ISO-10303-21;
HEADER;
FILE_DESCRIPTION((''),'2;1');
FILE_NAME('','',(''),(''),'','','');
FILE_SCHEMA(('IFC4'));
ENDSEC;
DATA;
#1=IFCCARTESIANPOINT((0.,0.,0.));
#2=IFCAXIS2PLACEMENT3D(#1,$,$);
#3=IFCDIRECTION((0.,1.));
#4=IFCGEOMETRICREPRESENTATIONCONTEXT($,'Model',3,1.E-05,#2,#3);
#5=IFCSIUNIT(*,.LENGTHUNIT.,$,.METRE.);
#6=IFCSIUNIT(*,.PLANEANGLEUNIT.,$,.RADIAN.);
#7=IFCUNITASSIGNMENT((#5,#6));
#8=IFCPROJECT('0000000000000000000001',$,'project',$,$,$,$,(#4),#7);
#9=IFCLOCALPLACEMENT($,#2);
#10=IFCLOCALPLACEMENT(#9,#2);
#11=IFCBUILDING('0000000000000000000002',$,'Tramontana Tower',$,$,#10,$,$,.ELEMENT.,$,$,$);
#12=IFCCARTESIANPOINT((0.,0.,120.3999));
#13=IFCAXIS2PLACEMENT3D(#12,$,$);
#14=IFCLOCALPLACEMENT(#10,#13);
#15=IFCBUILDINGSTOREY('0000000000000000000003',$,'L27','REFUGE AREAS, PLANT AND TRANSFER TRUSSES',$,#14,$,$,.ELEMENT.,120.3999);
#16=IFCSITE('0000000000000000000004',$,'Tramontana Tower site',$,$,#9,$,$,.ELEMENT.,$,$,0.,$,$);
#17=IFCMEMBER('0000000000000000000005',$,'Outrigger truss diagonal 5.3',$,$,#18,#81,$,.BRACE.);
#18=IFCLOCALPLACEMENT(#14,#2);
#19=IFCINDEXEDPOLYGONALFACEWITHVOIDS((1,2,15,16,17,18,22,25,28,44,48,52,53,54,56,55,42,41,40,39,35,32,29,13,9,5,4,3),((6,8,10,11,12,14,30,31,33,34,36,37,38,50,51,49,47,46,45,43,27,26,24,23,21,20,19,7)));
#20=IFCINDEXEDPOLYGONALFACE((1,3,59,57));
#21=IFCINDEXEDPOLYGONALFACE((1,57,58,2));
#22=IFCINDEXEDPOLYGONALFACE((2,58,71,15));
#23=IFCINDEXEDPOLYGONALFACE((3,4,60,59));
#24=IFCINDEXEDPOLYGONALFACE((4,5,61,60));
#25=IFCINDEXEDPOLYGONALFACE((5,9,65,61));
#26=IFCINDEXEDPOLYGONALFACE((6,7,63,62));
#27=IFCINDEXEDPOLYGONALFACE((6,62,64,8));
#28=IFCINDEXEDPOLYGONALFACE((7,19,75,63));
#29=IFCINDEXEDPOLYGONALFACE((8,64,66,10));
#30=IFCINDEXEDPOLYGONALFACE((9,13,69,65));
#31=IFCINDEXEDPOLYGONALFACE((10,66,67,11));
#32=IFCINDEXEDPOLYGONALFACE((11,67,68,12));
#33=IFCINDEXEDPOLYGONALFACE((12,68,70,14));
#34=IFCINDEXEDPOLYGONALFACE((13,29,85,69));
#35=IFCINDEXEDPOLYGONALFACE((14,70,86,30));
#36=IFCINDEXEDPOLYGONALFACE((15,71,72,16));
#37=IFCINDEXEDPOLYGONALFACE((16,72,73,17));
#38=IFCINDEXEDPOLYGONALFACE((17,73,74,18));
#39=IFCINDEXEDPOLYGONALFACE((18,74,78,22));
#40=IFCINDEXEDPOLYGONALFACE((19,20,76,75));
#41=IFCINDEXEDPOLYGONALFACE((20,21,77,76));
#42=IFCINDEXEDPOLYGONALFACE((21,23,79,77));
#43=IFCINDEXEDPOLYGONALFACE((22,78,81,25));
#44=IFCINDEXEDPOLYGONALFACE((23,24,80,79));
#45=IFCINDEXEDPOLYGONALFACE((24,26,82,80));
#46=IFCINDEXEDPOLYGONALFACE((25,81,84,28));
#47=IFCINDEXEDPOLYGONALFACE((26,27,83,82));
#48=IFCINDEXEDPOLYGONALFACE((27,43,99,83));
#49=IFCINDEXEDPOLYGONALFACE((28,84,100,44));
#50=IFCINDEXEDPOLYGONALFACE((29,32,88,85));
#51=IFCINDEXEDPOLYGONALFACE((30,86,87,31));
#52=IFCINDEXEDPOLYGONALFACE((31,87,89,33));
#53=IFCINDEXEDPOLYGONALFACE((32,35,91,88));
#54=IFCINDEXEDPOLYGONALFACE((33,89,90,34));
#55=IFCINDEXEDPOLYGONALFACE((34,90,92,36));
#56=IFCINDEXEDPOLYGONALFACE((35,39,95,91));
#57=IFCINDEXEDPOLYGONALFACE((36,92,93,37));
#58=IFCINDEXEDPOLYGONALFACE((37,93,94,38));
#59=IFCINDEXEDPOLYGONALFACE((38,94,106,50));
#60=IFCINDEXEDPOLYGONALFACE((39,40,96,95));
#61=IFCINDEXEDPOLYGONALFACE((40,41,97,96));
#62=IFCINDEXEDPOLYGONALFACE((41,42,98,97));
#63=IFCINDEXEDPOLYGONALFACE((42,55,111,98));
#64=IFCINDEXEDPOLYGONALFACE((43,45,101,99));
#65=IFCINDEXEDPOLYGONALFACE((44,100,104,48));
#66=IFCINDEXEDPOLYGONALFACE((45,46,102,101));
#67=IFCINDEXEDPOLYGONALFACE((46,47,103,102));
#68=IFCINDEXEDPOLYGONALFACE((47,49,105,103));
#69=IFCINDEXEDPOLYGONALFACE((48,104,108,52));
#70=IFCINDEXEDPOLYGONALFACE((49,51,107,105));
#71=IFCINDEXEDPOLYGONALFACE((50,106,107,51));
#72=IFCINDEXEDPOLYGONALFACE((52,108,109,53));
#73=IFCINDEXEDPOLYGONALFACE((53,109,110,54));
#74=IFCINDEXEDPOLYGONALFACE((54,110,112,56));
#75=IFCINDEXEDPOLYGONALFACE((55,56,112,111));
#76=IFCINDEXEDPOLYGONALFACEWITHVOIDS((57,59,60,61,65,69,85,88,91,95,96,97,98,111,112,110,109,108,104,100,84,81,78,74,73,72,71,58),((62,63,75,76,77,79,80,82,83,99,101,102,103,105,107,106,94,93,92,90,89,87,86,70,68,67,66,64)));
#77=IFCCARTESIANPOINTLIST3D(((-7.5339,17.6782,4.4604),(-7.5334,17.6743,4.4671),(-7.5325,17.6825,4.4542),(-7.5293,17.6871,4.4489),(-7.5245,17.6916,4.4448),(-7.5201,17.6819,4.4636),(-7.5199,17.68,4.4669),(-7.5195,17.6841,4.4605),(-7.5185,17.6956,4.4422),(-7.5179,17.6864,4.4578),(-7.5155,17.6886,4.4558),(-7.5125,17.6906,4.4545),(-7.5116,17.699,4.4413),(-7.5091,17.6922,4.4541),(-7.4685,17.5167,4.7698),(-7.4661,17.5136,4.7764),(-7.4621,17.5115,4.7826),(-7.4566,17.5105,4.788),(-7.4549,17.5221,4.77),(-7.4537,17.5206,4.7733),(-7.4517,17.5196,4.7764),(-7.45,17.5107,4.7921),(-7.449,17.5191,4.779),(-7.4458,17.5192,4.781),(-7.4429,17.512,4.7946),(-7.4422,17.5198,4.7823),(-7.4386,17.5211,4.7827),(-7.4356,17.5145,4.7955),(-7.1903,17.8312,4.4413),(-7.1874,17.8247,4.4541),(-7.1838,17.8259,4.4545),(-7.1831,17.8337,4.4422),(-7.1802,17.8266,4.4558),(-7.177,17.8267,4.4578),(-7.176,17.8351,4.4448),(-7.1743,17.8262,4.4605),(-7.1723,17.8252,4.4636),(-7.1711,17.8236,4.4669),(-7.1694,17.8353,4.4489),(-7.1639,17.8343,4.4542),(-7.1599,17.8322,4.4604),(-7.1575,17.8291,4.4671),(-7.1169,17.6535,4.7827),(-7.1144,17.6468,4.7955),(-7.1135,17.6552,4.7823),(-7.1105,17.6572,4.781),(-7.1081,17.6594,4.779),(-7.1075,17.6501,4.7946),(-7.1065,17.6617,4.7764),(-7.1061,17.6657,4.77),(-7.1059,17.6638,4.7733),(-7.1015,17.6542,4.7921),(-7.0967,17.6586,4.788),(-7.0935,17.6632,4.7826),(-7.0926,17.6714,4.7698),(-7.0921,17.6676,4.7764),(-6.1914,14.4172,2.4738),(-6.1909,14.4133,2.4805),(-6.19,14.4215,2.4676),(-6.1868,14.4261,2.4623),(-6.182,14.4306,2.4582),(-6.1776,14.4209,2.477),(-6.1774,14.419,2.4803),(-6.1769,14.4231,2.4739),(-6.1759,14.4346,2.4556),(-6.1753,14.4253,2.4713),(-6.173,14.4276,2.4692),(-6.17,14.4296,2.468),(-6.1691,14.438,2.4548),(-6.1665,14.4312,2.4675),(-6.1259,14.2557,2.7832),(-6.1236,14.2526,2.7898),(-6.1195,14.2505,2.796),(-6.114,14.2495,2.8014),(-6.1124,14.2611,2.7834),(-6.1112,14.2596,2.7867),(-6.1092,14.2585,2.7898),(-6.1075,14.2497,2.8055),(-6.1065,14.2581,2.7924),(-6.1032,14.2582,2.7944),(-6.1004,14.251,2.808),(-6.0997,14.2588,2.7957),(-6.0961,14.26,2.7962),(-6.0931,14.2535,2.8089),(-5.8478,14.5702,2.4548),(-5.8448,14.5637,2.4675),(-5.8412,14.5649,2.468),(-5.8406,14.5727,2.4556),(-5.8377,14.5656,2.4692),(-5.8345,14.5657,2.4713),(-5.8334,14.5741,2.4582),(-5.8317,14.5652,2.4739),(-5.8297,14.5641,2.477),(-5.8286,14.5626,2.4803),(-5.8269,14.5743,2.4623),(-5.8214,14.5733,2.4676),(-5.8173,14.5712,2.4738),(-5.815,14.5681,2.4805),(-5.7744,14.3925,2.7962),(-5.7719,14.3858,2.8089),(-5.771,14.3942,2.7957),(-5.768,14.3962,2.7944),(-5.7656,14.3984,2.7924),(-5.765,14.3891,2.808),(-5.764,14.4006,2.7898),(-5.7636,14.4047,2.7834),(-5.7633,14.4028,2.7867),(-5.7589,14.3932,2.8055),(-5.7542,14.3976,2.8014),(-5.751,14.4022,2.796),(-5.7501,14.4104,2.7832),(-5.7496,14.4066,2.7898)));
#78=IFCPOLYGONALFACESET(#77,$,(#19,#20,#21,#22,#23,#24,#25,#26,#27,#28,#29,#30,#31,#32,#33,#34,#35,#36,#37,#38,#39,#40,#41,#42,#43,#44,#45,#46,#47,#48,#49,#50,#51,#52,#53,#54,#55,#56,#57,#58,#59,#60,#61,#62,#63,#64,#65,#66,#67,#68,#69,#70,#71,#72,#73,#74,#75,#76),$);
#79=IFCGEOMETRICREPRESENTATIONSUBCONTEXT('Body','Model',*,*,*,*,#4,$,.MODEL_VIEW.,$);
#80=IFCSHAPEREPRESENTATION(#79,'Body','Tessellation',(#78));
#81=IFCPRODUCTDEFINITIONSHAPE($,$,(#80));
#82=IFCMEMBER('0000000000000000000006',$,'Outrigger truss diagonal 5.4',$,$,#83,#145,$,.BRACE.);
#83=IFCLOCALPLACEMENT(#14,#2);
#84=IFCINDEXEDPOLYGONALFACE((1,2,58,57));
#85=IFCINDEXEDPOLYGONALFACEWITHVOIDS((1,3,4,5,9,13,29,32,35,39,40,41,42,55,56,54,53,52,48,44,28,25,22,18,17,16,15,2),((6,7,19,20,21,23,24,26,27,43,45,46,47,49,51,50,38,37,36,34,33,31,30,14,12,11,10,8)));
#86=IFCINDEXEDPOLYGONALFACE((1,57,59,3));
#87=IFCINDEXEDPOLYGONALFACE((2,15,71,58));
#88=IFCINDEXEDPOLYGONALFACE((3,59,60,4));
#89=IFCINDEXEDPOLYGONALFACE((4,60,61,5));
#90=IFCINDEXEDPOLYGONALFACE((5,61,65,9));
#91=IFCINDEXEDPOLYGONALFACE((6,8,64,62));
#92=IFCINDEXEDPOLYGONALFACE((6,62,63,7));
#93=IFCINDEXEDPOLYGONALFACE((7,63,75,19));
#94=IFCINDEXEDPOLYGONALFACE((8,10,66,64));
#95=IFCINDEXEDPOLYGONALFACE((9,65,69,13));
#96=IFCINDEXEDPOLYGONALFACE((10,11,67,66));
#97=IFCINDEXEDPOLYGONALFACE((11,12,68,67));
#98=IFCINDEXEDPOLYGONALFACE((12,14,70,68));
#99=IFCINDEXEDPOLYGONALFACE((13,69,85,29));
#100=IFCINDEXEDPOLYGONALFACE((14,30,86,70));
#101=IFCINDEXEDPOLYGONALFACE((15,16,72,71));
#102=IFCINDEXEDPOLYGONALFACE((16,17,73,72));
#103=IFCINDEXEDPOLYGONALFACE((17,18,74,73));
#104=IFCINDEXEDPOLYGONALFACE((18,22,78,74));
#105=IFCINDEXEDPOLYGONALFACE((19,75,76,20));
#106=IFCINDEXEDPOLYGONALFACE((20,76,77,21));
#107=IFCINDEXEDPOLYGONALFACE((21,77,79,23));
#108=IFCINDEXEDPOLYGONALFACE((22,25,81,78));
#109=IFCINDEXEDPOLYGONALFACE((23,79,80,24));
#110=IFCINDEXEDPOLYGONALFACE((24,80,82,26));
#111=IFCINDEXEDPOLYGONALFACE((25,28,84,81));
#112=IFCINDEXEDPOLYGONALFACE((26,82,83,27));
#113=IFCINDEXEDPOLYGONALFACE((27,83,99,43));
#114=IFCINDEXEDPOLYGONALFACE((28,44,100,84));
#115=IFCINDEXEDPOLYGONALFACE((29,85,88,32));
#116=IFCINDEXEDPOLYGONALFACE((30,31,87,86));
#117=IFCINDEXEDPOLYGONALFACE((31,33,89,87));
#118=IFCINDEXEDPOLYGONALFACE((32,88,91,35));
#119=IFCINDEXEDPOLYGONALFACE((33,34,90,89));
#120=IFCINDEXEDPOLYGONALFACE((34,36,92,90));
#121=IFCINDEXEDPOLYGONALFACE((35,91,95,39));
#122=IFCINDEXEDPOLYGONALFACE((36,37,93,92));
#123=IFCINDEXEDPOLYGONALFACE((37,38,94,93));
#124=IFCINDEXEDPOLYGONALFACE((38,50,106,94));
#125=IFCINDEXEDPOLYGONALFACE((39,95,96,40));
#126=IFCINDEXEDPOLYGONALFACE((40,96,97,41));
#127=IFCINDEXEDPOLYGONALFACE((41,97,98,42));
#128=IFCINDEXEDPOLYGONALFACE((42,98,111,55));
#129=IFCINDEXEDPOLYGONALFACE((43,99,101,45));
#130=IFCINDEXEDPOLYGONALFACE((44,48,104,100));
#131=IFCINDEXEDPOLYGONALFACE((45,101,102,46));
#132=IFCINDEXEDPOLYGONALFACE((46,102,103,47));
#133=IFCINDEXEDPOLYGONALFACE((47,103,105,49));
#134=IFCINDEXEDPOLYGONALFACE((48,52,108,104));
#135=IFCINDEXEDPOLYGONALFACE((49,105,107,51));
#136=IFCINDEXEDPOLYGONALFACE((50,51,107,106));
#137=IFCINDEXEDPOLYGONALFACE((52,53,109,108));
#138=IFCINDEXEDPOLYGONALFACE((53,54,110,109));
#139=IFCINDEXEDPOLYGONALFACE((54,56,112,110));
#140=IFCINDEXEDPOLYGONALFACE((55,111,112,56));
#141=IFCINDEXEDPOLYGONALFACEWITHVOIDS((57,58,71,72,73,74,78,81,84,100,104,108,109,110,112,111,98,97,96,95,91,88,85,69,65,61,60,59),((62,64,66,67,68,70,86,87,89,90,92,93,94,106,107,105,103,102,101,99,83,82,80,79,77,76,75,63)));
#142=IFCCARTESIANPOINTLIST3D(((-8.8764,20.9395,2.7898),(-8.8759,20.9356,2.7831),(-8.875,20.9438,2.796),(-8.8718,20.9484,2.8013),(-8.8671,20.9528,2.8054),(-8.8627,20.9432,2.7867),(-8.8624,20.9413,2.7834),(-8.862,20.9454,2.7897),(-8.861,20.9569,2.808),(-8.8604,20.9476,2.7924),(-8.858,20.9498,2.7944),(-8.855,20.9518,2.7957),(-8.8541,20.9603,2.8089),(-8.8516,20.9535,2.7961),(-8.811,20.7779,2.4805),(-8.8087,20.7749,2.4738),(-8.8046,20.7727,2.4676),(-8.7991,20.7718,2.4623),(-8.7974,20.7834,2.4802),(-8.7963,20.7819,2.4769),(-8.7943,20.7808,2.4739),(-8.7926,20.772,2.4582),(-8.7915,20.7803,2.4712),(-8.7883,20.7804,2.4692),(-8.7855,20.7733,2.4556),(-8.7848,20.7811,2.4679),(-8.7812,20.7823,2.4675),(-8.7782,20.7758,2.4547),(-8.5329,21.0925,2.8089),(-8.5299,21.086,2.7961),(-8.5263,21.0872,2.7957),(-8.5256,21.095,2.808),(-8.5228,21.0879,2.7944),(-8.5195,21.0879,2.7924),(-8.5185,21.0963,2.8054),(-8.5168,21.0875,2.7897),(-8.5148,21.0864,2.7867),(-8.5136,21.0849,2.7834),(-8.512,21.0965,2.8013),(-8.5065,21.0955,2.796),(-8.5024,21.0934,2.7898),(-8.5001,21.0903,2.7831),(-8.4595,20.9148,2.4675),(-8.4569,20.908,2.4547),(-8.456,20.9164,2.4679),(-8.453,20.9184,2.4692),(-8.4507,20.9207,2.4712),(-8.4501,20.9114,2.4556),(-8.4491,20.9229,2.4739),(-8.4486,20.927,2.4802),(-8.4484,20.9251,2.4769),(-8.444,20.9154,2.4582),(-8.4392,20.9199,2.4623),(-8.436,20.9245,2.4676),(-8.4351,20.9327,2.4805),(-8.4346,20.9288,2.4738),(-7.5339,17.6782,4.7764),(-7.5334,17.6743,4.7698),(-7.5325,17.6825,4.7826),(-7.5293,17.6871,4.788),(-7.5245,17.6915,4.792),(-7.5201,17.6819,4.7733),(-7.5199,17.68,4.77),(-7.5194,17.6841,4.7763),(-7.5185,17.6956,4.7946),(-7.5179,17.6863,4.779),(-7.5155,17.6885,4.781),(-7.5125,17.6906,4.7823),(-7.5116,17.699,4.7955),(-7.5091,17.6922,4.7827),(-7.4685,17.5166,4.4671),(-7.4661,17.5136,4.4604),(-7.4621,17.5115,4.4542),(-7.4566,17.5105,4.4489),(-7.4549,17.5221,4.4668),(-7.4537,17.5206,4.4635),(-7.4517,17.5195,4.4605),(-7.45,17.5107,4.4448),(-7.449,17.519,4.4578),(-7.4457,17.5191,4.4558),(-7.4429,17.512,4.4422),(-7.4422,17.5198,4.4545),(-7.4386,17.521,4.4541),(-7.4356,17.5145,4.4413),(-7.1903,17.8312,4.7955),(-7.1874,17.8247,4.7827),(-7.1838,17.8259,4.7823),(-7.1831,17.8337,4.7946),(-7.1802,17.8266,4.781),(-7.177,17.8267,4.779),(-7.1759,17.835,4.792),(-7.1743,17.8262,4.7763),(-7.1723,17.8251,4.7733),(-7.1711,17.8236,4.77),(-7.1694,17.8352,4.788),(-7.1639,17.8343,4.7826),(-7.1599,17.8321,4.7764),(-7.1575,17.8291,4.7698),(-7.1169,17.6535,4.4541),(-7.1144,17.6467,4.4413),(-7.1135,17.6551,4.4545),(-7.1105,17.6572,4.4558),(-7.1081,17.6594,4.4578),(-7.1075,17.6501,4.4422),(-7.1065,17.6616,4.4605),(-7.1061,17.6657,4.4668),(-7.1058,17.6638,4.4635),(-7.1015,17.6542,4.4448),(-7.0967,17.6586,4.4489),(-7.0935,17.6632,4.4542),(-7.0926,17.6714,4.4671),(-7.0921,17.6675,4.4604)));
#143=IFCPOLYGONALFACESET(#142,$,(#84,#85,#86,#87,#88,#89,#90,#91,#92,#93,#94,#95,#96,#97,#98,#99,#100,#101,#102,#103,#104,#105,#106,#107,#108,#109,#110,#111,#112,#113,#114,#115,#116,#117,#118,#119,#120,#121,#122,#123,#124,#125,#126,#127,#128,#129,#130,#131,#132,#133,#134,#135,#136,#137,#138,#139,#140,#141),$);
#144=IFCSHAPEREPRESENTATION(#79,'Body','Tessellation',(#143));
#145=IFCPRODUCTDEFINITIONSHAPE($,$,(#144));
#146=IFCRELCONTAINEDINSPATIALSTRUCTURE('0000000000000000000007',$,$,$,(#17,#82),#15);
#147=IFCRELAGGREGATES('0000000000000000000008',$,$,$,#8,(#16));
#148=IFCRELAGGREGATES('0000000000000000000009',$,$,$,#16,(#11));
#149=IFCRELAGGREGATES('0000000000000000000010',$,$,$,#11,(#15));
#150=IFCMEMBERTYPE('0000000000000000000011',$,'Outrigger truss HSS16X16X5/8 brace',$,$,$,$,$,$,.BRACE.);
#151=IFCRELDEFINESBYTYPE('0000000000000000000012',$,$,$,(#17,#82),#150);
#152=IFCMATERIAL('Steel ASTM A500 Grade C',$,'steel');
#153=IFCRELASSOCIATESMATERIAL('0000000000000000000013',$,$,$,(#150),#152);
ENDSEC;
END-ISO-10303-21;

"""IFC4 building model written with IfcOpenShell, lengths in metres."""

from ifc_helpers import new_model, si_unit, direction, frame, origin, origin_2d, place, context, subcontext, project, spatial, hollow_rectangle, extrude, material, material_profile, profile_set, type_object, element, save


model = new_model("IFC4")

# Units and contexts
model_context = context("Model", 3, precision=1e-05, world=origin(), true_north=direction((0.0, 1.0)))
body_context = subcontext(model_context, "Body", "Model", "MODEL_VIEW")
ifc_project = project(units=[si_unit("LENGTHUNIT", "METRE"), si_unit("PLANEANGLEUNIT", "RADIAN")], contexts=[model_context])

# Site, building, storey
site_placement = place(None, origin())
site = spatial("IfcSite", under=ifc_project, at=site_placement, Name="Tramontana Tower site", CompositionType="ELEMENT", RefElevation=0.0)
building_placement = place(site_placement, origin())
building = spatial("IfcBuilding", under=site, at=building_placement, Name="Tramontana Tower", CompositionType="ELEMENT")
storey_placement = place(building_placement, frame((0.0, 0.0, 120.3999)))
storey = spatial("IfcBuildingStorey", under=building, at=storey_placement, Name="L27", Description="REFUGE AREAS, PLANT AND TRANSFER TRUSSES", CompositionType="ELEMENT", Elevation=120.3999)

# Members
ifc_material_1 = material(Name="Steel ASTM A500 Grade C", Category="steel")
ifc_material_profile_1 = material_profile(ifc_material_1, hollow_rectangle(XDim=0.4065, YDim=0.4065, WallThickness=0.0146, InnerFilletRadius=0.0146, OuterFilletRadius=0.0295, at=origin_2d()), Name="HSS16X16X5/8")
ifc_profile_set_1 = profile_set([ifc_material_profile_1], Name="Steel ASTM A500 Grade C")
member_type_1 = type_object("IfcMemberType", Name="Outrigger truss HSS16X16X5/8 brace", PredefinedType="BRACE", material=ifc_profile_set_1)
member_1_placement = place(storey_placement, frame((-5.9705, 14.4119, 2.6318), z_axis=(-0.331687, 0.805664, 0.490805), x_axis=(-0.924701, -0.380694, 0.0)))
element("IfcMember", 1, at=member_1_placement, inside=storey, type_object=member_type_1, Name="Outrigger truss diagonal 5.3", PredefinedType="BRACE", context=body_context, shape_type="SweptSolid", body=[
    extrude(hollow_rectangle(XDim=0.4065, YDim=0.4065, WallThickness=0.0146, InnerFilletRadius=0.0146, OuterFilletRadius=0.0295, at=origin_2d()), origin(), (0.0, 0.0, 1.0), 4.0476),
])
member_2_placement = place(storey_placement, frame((-7.313, 17.6729, 4.6184), z_axis=(-0.331671, 0.805685, -0.490781), x_axis=(-0.924711, -0.38067, 0.0)))
element("IfcMember", 2, at=member_2_placement, inside=storey, type_object=member_type_1, Name="Outrigger truss diagonal 5.4", PredefinedType="BRACE", context=body_context, shape_type="SweptSolid", body=[
    extrude(hollow_rectangle(XDim=0.4065, YDim=0.4065, WallThickness=0.0146, InnerFilletRadius=0.0146, OuterFilletRadius=0.0295, at=origin_2d()), origin(), (0.0, 0.0, 1.0), 4.0479),
])

save(model, "model.ifc")
